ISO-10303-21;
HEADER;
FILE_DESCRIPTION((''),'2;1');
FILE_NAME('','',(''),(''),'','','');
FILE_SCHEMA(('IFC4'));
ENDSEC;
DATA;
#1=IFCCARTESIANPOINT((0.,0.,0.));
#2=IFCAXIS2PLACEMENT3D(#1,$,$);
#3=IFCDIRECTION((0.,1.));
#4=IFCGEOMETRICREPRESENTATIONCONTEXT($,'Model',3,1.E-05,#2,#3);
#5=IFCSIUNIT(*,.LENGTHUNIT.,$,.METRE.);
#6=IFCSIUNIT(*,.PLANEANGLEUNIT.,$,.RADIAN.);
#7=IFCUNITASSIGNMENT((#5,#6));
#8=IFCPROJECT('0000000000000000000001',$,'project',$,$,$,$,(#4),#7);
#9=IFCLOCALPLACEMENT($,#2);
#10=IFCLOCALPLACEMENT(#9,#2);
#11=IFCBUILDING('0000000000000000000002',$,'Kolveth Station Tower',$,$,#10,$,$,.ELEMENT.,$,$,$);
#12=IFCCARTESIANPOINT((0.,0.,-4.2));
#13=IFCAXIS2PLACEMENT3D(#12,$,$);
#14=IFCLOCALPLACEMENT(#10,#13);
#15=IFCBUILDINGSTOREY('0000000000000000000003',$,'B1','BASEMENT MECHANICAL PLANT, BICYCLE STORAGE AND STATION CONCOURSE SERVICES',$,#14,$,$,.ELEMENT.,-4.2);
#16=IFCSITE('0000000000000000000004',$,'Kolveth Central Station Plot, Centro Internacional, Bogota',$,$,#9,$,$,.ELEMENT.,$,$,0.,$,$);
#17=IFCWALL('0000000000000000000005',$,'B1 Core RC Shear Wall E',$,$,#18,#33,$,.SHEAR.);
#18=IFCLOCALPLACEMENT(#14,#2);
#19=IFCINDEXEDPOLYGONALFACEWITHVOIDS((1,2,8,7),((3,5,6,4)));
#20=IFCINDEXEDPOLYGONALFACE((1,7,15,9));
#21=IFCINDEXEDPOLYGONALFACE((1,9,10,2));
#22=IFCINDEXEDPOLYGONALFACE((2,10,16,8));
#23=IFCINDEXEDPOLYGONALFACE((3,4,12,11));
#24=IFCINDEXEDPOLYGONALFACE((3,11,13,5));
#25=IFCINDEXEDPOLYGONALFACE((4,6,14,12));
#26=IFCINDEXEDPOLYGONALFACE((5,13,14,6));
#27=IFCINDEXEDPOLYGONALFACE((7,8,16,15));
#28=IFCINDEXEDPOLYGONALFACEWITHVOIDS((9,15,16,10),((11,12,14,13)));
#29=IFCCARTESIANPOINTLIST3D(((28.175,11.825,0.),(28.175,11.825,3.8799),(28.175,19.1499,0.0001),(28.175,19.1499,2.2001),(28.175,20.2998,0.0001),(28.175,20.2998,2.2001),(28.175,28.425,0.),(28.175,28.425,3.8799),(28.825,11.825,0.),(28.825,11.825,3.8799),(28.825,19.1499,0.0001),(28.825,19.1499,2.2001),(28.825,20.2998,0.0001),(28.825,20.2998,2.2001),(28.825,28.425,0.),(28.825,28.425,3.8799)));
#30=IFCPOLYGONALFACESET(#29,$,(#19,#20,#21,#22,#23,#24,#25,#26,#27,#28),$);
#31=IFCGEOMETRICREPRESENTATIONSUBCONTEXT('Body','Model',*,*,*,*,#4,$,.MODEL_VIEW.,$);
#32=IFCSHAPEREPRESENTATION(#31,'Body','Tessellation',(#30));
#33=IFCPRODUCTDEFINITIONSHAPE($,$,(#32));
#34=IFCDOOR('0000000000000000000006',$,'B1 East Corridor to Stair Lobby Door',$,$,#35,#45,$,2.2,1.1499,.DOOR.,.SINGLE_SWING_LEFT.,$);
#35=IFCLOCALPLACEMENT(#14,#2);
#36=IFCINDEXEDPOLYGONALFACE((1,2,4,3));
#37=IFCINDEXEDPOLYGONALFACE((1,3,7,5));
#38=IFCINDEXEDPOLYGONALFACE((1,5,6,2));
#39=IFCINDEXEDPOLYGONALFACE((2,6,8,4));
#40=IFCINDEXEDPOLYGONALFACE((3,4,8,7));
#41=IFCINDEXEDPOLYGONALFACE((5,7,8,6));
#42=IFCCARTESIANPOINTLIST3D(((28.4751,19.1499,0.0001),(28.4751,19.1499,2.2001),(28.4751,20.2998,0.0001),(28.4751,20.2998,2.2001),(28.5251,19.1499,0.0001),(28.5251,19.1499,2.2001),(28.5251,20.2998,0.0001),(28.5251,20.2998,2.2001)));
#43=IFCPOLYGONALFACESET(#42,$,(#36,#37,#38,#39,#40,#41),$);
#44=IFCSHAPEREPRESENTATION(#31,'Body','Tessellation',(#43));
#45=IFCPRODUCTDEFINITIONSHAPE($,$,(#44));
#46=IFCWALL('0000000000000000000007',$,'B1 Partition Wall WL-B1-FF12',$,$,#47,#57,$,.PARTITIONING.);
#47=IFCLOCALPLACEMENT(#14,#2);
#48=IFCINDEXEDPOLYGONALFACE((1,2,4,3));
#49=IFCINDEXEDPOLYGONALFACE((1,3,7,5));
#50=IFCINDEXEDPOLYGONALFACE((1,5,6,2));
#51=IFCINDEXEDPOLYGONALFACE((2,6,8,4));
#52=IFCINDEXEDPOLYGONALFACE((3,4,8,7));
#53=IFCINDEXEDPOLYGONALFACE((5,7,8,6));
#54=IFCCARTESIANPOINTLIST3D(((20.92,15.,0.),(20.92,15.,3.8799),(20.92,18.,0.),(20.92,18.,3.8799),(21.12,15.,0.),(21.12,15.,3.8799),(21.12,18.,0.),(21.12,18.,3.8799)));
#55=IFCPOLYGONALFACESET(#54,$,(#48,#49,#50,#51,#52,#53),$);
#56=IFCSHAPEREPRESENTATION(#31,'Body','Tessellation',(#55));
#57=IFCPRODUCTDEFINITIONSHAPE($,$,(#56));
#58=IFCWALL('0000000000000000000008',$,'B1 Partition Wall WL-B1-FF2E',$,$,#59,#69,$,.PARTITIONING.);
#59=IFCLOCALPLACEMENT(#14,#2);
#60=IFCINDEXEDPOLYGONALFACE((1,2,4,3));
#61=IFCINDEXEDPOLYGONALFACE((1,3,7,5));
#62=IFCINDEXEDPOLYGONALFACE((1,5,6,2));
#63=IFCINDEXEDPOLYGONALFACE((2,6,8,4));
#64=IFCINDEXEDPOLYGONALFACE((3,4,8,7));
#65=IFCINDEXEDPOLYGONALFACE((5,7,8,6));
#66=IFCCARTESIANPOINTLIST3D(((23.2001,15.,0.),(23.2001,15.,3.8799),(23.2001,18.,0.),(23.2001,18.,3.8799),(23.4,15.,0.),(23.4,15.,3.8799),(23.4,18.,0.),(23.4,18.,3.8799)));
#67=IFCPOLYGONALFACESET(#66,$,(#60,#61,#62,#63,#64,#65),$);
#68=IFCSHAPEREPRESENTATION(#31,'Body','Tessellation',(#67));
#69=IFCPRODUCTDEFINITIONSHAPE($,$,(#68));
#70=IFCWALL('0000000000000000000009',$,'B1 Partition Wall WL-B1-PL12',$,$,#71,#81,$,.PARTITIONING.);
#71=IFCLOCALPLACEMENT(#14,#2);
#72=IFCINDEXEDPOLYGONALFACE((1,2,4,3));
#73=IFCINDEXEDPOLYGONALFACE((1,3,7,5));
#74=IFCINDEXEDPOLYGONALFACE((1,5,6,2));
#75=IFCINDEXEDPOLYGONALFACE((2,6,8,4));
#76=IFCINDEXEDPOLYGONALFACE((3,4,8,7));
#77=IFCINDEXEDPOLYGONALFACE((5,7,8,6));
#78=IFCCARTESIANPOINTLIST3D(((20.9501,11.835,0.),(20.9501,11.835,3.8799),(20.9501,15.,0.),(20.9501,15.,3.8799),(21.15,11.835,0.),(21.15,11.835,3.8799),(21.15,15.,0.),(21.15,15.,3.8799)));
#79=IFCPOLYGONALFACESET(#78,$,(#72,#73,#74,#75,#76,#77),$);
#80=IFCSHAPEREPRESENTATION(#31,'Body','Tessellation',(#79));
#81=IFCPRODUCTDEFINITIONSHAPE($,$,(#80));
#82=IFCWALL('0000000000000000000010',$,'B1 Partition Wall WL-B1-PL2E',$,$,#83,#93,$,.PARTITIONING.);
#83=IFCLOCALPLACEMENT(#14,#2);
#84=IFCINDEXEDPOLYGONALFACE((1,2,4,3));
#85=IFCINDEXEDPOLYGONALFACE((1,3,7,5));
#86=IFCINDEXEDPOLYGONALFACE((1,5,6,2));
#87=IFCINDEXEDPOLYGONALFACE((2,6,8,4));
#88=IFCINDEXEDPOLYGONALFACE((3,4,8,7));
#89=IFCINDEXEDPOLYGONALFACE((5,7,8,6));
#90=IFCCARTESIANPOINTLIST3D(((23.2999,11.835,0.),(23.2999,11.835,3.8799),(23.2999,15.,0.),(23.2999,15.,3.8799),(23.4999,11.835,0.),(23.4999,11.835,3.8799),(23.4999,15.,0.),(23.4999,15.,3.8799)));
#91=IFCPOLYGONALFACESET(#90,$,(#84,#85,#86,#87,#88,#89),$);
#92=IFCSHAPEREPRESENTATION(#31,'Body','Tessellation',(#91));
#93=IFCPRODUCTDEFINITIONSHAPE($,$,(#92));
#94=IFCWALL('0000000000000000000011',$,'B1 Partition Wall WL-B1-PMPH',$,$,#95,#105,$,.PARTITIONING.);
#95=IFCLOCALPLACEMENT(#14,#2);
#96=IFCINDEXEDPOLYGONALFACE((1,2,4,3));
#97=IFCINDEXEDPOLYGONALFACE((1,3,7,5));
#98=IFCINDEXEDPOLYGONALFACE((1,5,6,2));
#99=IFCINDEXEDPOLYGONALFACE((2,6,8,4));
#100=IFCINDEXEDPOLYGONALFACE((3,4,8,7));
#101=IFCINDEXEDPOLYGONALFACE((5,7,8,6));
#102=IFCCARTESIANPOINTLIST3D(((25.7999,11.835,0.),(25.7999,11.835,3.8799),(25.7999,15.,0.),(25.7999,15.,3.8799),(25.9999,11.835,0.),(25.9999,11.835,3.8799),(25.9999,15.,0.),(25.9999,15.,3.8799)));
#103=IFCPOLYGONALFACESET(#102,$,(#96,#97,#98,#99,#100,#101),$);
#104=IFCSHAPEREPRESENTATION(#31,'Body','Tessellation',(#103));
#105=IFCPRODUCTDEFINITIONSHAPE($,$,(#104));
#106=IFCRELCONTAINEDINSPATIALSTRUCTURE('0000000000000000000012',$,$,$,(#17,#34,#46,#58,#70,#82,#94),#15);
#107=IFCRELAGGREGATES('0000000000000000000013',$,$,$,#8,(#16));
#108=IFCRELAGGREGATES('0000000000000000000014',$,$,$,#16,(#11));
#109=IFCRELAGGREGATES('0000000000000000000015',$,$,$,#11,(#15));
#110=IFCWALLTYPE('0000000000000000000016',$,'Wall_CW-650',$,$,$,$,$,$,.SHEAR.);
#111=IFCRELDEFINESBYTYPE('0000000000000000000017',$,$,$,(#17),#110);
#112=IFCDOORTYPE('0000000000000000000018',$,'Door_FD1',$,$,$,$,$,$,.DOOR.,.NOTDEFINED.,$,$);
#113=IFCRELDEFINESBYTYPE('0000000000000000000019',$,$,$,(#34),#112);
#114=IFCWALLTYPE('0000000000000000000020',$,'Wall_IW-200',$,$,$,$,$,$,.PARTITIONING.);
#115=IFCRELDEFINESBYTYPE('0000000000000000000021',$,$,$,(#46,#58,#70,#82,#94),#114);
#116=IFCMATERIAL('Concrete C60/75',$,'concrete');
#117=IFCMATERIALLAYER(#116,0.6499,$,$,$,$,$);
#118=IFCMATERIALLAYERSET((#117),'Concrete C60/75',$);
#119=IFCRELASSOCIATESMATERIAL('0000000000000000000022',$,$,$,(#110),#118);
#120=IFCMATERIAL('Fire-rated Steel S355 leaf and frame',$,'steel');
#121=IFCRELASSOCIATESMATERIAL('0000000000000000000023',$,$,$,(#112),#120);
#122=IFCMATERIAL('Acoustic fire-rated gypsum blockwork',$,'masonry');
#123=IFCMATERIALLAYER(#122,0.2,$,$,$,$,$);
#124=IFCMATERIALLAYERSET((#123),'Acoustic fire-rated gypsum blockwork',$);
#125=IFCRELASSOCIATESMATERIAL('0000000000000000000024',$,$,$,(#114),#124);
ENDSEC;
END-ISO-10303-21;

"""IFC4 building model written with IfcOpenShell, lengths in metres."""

from ifc_helpers import new_model, si_unit, direction, frame, frame_2d, origin, place, context, subcontext, project, spatial, rectangle, extrude, material, layer, layer_set, type_object, element, fill, save


model = new_model("IFC4")

# Units and contexts
model_context = context("Model", 3, precision=1e-05, world=origin(), true_north=direction((0.0, 1.0)))
body_context = subcontext(model_context, "Body", "Model", "MODEL_VIEW")
ifc_project = project(units=[si_unit("LENGTHUNIT", "METRE"), si_unit("PLANEANGLEUNIT", "RADIAN")], contexts=[model_context])

# Site, building, storey
site_placement = place(None, origin())
site = spatial("IfcSite", under=ifc_project, at=site_placement, Name="Kolveth Central Station Plot, Centro Internacional, Bogota", CompositionType="ELEMENT", RefElevation=0.0)
building_placement = place(site_placement, origin())
building = spatial("IfcBuilding", under=site, at=building_placement, Name="Kolveth Station Tower", CompositionType="ELEMENT")
storey_placement = place(building_placement, frame((0.0, 0.0, -4.2)))
storey = spatial("IfcBuildingStorey", under=building, at=storey_placement, Name="B1", Description="BASEMENT MECHANICAL PLANT, BICYCLE STORAGE AND STATION CONCOURSE SERVICES", CompositionType="ELEMENT", Elevation=-4.2)

# Shared definitions
ifc_material_1 = material(Name="Concrete C60/75", Category="concrete")

# Wall, opening, door
ifc_layer_1 = layer(ifc_material_1, 0.6499)
ifc_layer_set_1 = layer_set([ifc_layer_1], Name="Concrete C60/75")
wall_type_1 = type_object("IfcWallType", Name="Wall_CW-650", PredefinedType="SHEAR", material=ifc_layer_set_1)
wall_placement = place(storey_placement, frame((28.5, 11.825, 0.0), z_axis=(0.0, 0.0, 1.0), x_axis=(0.0, 1.0, 0.0)))
wall = element("IfcWall", 1, at=wall_placement, inside=storey, type_object=wall_type_1, Name="B1 Core RC Shear Wall E", PredefinedType="SHEAR", context=body_context, shape_type="SweptSolid", body=[
    extrude(rectangle(XDim=16.6001, YDim=0.6499, at=frame_2d((8.3, 0.0))), origin(), (0.0, 0.0, 1.0), 3.8799),
])
opening_placement = place(wall_placement, frame((7.325, 0.0, 0.0)))
opening = element("IfcOpeningElement", 2, at=opening_placement, cuts=wall, PredefinedType="OPENING", context=body_context, shape_type="SweptSolid", body=[
    extrude(rectangle(XDim=1.1499, YDim=2.2, at=frame_2d((0.575, 1.1001))), frame((0.0, 0.335, 0.0), z_axis=(0.0, -1.0, 0.0), x_axis=(1.0, 0.0, 0.0)), (0.0, 0.0, 1.0), 0.6699),
])
ifc_material_2 = material(Name="Fire-rated Steel S355 leaf and frame", Category="steel")
door_type = type_object("IfcDoorType", Name="Door_FD1", OperationType="NOTDEFINED", PredefinedType="DOOR", material=ifc_material_2)
door_placement = place(opening_placement, origin())
door = element("IfcDoor", 3, at=door_placement, inside=storey, type_object=door_type, Name="B1 East Corridor to Stair Lobby Door", OperationType="SINGLE_SWING_LEFT", OverallHeight=2.2, OverallWidth=1.1499, PredefinedType="DOOR", context=body_context, shape_type="SweptSolid", body=[
    extrude(rectangle(XDim=1.1499, YDim=2.2, at=frame_2d((0.575, 1.1001))), frame((0.0, 0.0249, 0.0), z_axis=(0.0, -1.0, 0.0), x_axis=(1.0, 0.0, 0.0)), (0.0, 0.0, 1.0), 0.05),
])
fill(opening, door)

# Walls
ifc_material_3 = material(Name="Acoustic fire-rated gypsum blockwork", Category="masonry")
ifc_layer_2 = layer(ifc_material_3, 0.2)
ifc_layer_set_2 = layer_set([ifc_layer_2], Name="Acoustic fire-rated gypsum blockwork")
wall_type_2 = type_object("IfcWallType", Name="Wall_IW-200", PredefinedType="PARTITIONING", material=ifc_layer_set_2)
for number, where, z_axis, x_axis, name in (
    (4, (21.02, 15.0, 0.0), (0.0, 0.0, 1.0), (0.0, 1.0, 0.0), "B1 Partition Wall WL-B1-FF12"),
    (5, (23.3, 15.0, 0.0), (0.0, 0.0, 1.0), (0.0, 1.0, 0.0), "B1 Partition Wall WL-B1-FF2E"),
):
    element("IfcWall", number, at=place(storey_placement, frame(where, z_axis=z_axis, x_axis=x_axis)), inside=storey, type_object=wall_type_2, Name=name, PredefinedType="PARTITIONING", context=body_context, shape_type="SweptSolid", body=[
        extrude(rectangle(XDim=3.0, YDim=0.2, at=frame_2d((1.5, 0.0))), origin(), (0.0, 0.0, 1.0), 3.8799),
    ])
for number, where, z_axis, x_axis, name in (
    (6, (21.05, 11.835, 0.0), (0.0, 0.0, 1.0), (0.0, 1.0, 0.0), "B1 Partition Wall WL-B1-PL12"),
    (7, (23.3999, 11.835, 0.0), (0.0, 0.0, 1.0), (0.0, 1.0, 0.0), "B1 Partition Wall WL-B1-PL2E"),
    (8, (25.8999, 11.835, 0.0), (0.0, 0.0, 1.0), (0.0, 1.0, 0.0), "B1 Partition Wall WL-B1-PMPH"),
):
    element("IfcWall", number, at=place(storey_placement, frame(where, z_axis=z_axis, x_axis=x_axis)), inside=storey, type_object=wall_type_2, Name=name, PredefinedType="PARTITIONING", context=body_context, shape_type="SweptSolid", body=[
        extrude(rectangle(XDim=3.165, YDim=0.2, at=frame_2d((1.5825, 0.0))), origin(), (0.0, 0.0, 1.0), 3.8799),
    ])

save(model, "model.ifc")
